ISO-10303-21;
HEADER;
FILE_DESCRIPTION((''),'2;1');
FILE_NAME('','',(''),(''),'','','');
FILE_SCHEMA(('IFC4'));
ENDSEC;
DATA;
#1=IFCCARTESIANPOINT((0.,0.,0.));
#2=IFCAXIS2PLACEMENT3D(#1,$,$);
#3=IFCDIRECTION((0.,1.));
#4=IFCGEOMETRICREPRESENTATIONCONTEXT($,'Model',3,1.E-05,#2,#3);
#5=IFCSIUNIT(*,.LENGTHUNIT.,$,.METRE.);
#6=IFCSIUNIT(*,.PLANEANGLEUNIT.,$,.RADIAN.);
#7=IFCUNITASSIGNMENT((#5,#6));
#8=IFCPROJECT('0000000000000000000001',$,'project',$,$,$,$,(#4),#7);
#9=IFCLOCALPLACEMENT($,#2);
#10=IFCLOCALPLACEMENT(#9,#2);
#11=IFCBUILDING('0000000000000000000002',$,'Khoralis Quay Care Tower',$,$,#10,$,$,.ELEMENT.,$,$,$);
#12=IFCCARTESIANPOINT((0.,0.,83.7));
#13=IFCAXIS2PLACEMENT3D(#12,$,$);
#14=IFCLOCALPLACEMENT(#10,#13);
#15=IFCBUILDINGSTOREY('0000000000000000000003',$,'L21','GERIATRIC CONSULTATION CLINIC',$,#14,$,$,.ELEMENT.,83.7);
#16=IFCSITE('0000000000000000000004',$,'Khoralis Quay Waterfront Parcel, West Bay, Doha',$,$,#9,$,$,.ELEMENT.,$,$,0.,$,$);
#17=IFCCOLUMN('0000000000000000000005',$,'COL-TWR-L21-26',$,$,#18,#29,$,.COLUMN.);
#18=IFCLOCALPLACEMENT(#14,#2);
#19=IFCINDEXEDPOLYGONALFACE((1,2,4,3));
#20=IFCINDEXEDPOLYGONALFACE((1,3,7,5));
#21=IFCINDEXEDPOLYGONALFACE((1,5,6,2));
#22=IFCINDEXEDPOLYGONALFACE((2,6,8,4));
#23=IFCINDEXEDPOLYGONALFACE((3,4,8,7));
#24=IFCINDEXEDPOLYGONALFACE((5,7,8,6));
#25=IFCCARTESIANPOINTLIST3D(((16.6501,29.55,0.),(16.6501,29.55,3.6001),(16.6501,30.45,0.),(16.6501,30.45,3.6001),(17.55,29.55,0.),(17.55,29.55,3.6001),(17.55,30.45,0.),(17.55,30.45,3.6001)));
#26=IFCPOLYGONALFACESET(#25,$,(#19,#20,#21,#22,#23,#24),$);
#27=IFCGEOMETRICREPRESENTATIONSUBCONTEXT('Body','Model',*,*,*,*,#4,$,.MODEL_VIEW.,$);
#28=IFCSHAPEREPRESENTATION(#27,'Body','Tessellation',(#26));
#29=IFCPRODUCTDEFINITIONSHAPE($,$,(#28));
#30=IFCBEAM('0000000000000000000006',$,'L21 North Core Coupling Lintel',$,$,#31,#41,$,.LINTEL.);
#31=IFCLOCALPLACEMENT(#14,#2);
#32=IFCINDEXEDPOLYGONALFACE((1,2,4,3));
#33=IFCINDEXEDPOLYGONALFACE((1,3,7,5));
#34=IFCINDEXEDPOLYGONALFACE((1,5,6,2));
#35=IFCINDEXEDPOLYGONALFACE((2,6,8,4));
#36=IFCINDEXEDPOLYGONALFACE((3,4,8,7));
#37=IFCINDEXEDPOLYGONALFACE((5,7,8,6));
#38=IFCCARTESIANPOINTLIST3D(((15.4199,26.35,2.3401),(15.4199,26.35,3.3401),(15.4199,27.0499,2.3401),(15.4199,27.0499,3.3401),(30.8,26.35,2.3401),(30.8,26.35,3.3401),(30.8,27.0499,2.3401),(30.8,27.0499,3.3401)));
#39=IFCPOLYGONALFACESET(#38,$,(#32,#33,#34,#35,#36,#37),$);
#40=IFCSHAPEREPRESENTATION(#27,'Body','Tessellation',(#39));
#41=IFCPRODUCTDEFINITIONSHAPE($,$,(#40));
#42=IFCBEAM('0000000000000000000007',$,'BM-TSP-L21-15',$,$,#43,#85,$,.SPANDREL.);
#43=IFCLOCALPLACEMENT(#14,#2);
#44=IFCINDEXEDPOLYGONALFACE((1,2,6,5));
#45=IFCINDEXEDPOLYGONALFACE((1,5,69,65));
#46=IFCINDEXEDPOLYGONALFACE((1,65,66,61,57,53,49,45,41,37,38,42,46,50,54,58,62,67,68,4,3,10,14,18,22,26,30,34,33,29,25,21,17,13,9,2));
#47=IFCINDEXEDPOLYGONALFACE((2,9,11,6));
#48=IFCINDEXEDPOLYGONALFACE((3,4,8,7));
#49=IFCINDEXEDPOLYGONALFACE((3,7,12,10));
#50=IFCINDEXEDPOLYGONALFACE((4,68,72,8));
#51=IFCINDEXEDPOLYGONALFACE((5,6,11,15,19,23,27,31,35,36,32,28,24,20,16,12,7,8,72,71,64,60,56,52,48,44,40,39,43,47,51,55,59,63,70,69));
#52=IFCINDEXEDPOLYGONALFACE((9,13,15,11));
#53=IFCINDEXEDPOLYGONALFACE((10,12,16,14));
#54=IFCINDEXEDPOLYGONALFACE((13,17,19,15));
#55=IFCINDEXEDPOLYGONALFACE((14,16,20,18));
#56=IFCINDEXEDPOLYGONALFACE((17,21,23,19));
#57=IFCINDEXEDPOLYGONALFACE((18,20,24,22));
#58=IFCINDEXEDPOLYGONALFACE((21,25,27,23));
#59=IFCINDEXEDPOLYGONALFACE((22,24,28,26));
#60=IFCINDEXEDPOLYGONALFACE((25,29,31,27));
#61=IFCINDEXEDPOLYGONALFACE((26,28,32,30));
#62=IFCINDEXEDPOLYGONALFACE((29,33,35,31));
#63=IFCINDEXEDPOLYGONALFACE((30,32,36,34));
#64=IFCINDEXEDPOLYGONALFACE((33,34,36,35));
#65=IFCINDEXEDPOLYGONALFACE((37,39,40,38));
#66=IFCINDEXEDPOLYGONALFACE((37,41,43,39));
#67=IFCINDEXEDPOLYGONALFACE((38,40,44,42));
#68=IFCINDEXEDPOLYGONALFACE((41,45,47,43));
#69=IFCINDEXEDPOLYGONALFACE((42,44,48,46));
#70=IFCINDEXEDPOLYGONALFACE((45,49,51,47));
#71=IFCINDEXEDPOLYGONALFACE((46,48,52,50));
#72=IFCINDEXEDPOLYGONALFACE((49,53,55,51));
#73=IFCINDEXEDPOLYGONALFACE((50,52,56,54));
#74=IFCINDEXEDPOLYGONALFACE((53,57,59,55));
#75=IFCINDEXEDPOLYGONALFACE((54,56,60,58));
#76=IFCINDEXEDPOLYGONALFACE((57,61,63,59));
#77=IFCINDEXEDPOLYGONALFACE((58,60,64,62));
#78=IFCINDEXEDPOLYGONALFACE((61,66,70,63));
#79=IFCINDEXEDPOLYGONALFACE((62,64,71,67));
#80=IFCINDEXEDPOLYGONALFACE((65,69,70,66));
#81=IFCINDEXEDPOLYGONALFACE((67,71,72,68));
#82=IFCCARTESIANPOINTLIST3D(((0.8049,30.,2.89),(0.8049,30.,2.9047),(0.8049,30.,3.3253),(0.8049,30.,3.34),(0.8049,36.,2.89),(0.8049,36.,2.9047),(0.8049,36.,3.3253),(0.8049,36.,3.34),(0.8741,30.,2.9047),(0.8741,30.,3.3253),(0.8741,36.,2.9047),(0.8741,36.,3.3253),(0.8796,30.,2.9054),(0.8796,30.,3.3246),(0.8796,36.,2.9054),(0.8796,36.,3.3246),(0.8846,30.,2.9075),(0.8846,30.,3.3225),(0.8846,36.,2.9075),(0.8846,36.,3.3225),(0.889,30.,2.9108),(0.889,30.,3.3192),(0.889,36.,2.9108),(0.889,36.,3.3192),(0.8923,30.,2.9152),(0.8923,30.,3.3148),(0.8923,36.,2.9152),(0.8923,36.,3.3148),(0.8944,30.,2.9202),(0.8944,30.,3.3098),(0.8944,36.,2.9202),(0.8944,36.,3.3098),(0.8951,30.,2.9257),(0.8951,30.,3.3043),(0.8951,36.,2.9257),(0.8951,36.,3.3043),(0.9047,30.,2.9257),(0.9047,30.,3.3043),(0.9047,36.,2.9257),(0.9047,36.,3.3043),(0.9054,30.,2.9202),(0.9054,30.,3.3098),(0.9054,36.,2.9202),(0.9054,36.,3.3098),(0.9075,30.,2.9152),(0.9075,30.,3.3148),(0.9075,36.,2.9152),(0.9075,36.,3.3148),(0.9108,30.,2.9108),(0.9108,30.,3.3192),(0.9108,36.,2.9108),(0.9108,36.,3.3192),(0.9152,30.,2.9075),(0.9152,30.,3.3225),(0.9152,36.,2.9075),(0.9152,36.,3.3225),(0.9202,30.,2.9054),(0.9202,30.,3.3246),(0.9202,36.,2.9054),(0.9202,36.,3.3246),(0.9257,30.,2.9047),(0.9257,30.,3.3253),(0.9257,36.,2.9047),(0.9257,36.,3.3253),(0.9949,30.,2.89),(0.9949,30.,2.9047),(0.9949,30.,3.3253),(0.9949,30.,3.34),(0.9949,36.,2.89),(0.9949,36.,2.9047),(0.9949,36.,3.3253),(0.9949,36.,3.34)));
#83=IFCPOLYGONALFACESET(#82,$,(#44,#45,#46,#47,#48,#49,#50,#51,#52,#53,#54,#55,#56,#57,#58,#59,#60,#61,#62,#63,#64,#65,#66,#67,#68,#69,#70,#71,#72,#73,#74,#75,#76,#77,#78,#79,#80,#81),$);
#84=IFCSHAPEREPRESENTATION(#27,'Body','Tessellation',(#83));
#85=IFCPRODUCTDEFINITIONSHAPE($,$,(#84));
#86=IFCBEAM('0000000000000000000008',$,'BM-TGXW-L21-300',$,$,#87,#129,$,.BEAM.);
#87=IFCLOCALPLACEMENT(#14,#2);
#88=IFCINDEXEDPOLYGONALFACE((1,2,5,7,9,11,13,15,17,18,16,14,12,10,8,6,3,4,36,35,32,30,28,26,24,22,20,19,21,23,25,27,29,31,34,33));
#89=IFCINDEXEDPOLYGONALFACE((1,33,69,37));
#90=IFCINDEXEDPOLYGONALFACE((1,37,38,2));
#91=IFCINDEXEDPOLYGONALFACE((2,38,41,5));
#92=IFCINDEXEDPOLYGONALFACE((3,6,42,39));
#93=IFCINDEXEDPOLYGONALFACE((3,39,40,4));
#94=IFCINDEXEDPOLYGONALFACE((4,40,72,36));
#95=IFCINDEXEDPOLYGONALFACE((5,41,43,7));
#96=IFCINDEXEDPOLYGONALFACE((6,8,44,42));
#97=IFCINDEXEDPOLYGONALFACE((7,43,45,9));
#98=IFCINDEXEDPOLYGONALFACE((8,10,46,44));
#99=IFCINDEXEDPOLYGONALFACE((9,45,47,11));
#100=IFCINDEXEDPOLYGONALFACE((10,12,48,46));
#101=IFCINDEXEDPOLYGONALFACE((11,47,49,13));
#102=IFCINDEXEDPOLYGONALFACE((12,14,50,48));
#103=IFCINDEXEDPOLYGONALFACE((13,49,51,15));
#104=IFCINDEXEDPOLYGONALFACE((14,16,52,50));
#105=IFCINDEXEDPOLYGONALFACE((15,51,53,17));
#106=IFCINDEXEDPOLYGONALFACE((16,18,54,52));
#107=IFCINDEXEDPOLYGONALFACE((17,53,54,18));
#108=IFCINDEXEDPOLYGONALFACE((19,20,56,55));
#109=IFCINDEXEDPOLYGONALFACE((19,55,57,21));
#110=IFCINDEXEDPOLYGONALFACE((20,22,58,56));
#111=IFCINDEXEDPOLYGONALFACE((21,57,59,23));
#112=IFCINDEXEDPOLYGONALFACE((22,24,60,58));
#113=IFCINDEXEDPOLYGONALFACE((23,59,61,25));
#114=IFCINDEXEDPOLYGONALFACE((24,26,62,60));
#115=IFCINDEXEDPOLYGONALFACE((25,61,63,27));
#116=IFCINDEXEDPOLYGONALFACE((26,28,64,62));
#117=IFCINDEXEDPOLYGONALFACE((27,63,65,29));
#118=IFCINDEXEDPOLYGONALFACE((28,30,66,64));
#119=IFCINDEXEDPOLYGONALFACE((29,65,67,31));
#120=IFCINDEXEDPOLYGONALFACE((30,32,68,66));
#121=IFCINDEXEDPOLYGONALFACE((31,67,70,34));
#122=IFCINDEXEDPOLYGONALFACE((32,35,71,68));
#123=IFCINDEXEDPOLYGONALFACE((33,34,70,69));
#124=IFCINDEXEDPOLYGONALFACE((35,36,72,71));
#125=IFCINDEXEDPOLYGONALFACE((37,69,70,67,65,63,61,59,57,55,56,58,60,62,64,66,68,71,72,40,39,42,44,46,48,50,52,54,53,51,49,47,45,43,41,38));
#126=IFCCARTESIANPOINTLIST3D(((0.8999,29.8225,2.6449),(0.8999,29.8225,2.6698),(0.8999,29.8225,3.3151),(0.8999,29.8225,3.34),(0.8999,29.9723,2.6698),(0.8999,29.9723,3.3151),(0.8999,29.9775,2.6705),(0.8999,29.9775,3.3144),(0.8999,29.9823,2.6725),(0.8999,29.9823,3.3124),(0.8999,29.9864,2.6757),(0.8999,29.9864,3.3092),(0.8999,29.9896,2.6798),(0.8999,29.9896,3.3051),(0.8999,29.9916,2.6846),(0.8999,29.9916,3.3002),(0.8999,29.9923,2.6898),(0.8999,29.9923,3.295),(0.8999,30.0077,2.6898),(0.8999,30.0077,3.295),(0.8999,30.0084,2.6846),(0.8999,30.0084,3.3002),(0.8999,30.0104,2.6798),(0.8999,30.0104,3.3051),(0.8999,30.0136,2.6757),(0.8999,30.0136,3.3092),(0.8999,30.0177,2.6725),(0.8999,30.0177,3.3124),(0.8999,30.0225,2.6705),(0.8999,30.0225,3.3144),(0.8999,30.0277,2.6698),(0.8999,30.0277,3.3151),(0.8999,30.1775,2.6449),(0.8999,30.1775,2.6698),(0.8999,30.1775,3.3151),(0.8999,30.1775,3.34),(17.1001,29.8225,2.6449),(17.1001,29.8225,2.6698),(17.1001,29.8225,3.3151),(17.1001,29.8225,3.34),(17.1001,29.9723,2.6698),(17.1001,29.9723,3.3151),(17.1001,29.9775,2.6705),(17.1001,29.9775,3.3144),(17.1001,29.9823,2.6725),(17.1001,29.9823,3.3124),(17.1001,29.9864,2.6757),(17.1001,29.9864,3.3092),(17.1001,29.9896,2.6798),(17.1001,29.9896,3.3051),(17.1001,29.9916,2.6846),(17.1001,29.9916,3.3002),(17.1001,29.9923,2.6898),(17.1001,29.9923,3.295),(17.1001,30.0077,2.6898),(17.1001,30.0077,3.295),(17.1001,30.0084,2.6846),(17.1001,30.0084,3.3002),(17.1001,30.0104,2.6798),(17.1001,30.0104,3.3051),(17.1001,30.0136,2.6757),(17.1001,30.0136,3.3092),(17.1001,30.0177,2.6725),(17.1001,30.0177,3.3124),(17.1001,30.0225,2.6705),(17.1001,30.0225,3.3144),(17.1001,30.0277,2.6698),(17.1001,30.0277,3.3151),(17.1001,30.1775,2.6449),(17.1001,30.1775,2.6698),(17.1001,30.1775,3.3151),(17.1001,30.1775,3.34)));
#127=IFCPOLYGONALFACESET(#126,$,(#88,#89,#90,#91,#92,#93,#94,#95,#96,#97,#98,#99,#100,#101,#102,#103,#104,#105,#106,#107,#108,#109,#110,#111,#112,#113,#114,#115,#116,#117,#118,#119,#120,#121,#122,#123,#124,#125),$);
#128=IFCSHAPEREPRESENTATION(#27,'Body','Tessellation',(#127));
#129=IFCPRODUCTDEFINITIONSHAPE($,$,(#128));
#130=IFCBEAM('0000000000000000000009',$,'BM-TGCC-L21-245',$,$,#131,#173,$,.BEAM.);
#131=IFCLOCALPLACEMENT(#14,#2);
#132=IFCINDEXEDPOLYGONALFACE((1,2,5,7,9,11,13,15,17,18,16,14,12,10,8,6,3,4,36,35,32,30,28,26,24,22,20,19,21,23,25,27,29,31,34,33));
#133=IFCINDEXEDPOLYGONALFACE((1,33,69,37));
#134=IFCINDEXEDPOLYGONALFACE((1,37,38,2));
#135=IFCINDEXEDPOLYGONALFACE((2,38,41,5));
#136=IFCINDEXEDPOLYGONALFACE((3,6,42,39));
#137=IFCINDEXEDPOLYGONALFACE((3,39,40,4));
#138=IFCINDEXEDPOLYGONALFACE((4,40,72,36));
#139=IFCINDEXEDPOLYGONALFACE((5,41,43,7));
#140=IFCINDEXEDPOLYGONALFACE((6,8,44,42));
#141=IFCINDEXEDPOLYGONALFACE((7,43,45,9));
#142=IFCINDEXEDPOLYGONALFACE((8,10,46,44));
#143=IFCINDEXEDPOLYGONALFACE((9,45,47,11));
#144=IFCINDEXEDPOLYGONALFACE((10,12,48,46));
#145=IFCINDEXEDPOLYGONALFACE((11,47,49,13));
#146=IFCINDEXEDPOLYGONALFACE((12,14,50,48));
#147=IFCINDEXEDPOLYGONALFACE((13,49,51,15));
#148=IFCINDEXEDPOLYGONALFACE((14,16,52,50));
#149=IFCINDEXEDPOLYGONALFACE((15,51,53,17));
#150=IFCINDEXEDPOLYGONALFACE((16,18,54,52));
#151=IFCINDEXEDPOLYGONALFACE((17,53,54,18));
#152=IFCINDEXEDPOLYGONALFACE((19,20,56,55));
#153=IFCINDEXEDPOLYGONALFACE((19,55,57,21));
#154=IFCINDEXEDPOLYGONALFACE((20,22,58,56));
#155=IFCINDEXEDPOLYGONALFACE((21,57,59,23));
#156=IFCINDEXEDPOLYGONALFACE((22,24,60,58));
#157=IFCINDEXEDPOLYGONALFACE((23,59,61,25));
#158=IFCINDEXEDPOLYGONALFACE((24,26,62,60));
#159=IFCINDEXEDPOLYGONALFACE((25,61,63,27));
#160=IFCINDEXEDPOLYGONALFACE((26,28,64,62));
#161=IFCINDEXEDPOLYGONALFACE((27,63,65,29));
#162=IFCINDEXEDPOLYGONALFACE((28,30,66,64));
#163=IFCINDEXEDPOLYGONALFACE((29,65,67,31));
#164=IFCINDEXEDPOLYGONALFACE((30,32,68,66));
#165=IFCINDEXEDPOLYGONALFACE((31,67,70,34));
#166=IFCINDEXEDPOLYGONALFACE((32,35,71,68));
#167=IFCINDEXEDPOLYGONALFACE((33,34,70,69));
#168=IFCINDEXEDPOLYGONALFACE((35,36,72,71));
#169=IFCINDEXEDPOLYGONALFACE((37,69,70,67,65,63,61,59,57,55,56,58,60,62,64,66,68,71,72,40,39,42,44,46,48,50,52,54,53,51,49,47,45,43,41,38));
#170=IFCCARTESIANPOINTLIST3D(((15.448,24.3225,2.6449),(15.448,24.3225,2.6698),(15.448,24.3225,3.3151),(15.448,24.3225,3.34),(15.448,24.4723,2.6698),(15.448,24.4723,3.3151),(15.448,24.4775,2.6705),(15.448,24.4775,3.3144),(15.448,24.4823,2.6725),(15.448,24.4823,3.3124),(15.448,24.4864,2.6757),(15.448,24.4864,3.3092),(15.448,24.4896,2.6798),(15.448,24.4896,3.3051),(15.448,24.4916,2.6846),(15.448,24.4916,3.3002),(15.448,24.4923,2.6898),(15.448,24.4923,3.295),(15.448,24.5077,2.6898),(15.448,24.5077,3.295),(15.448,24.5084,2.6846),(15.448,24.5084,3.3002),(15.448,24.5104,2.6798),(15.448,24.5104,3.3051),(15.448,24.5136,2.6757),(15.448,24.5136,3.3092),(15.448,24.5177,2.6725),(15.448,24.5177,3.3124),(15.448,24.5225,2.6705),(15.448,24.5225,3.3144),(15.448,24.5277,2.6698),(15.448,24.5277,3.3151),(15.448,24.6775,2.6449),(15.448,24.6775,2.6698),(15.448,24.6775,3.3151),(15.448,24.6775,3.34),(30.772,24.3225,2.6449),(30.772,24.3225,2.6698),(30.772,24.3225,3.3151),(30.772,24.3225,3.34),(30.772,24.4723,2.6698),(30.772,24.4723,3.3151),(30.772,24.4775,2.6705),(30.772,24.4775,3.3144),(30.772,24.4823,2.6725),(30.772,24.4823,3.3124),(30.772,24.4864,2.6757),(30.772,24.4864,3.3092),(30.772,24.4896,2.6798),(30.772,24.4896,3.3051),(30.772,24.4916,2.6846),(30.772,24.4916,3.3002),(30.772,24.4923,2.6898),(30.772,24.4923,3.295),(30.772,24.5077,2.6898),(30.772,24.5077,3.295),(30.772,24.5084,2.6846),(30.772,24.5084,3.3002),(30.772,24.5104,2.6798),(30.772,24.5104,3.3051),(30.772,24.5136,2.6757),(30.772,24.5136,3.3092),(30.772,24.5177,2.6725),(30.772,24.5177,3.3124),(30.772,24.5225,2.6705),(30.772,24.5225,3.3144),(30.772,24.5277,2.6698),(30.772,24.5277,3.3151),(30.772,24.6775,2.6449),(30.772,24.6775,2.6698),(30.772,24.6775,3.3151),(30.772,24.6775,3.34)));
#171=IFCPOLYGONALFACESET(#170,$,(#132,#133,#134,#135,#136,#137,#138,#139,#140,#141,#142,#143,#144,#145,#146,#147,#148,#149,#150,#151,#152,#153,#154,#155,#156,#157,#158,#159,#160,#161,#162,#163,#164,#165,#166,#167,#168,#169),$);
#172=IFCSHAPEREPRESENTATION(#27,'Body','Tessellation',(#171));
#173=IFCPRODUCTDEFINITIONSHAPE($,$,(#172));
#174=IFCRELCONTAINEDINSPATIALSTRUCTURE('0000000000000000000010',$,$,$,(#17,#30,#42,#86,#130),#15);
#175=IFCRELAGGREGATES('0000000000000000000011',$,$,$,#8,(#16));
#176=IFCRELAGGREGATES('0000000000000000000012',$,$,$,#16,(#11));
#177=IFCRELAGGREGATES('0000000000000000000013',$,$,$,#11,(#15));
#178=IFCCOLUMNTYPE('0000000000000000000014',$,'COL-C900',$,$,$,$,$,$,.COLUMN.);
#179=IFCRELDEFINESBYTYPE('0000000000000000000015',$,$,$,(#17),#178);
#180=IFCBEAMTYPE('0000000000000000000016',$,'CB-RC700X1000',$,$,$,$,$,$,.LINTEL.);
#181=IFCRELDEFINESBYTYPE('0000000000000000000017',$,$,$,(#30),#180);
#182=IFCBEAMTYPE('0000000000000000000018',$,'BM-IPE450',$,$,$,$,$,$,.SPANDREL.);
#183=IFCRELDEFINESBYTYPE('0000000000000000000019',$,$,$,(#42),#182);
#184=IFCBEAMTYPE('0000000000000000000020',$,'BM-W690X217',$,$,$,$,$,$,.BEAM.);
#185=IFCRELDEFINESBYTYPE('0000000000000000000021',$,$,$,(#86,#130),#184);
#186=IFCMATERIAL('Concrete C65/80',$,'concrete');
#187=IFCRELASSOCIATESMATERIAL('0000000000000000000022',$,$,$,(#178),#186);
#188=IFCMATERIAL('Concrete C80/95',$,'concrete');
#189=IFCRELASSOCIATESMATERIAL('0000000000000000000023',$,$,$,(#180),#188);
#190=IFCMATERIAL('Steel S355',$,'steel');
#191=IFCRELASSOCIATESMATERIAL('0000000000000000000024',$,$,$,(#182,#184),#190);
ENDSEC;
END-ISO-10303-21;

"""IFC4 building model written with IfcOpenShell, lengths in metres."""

from ifc_helpers import new_model, si_unit, direction, frame, origin, origin_2d, place, context, subcontext, project, spatial, rectangle, i_section, extrude, source, transform, mapped, material, material_profile, profile_set, type_object, element, save


model = new_model("IFC4")

# Units and contexts
model_context = context("Model", 3, precision=1e-05, world=origin(), true_north=direction((0.0, 1.0)))
body_context = subcontext(model_context, "Body", "Model", "MODEL_VIEW")
ifc_project = project(units=[si_unit("LENGTHUNIT", "METRE"), si_unit("PLANEANGLEUNIT", "RADIAN")], contexts=[model_context])

# Site, building, storey
site_placement = place(None, origin())
site = spatial("IfcSite", under=ifc_project, at=site_placement, Name="Khoralis Quay Waterfront Parcel, West Bay, Doha", CompositionType="ELEMENT", RefElevation=0.0)
building_placement = place(site_placement, origin())
building = spatial("IfcBuilding", under=site, at=building_placement, Name="Khoralis Quay Care Tower", CompositionType="ELEMENT")
storey_placement = place(building_placement, frame((0.0, 0.0, 83.7)))
storey = spatial("IfcBuildingStorey", under=building, at=storey_placement, Name="L21", Description="GERIATRIC CONSULTATION CLINIC", CompositionType="ELEMENT", Elevation=83.7)

# Column
ifc_material_1 = material(Name="Concrete C65/80", Category="concrete")
ifc_material_profile_1 = material_profile(ifc_material_1, rectangle(XDim=0.8999, YDim=0.8999, at=origin_2d()), Name="Concrete C65/80")
ifc_profile_set_1 = profile_set([ifc_material_profile_1], Name="Concrete C65/80")
column_type = type_object("IfcColumnType", Name="COL-C900", PredefinedType="COLUMN", material=ifc_profile_set_1)
shared_shape_1 = source(origin(), body_context, "Body", "SweptSolid", [
    extrude(rectangle(XDim=0.8999, YDim=0.8999, at=origin_2d()), origin(), (0.0, 0.0, 1.0), 3.6001),
])
column_placement = place(storey_placement, frame((17.1001, 30.0, 0.0), z_axis=(0.0, 0.0, 1.0), x_axis=(1.0, 0.0, 0.0)))
element("IfcColumn", 1, at=column_placement, inside=storey, type_object=column_type, Name="COL-TWR-L21-26", PredefinedType="COLUMN", context=body_context, shape_type="MappedRepresentation", body=[
    mapped(shared_shape_1, transform((0.0, 0.0, 0.0), scale=1.0)),
])

# Beams
ifc_material_2 = material(Name="Concrete C80/95", Category="concrete")
ifc_material_profile_2 = material_profile(ifc_material_2, rectangle(XDim=0.7, YDim=1.0, at=origin_2d()), Name="Concrete C80/95")
ifc_profile_set_2 = profile_set([ifc_material_profile_2], Name="Concrete C80/95")
beam_type_1 = type_object("IfcBeamType", Name="CB-RC700X1000", PredefinedType="LINTEL", material=ifc_profile_set_2)
shared_shape_2 = source(origin(), body_context, "Body", "SweptSolid", [
    extrude(rectangle(XDim=0.7, YDim=1.0, at=origin_2d()), origin(), (0.0, 0.0, 1.0), 15.3801),
])
beam_1_placement = place(storey_placement, frame((15.4199, 26.7, 2.8401), z_axis=(1.0, 0.0, 0.0), x_axis=(0.0, 1.0, 0.0)))
element("IfcBeam", 2, at=beam_1_placement, inside=storey, type_object=beam_type_1, Name="L21 North Core Coupling Lintel", PredefinedType="LINTEL", context=body_context, shape_type="MappedRepresentation", body=[
    mapped(shared_shape_2, transform((0.0, 0.0, 0.0), scale=1.0)),
])
ifc_material_3 = material(Name="Steel S355", Category="steel")
ifc_material_profile_3 = material_profile(ifc_material_3, i_section(OverallWidth=0.1899, OverallDepth=0.45, WebThickness=0.0095, FlangeThickness=0.0146, FilletRadius=0.021, at=origin_2d()), Name="Steel S355")
ifc_profile_set_3 = profile_set([ifc_material_profile_3], Name="Steel S355")
beam_type_2 = type_object("IfcBeamType", Name="BM-IPE450", PredefinedType="SPANDREL", material=ifc_profile_set_3)
shared_shape_3 = source(origin(), body_context, "Body", "SweptSolid", [
    extrude(i_section(OverallWidth=0.1899, OverallDepth=0.45, WebThickness=0.0095, FlangeThickness=0.0146, FilletRadius=0.021, at=origin_2d()), origin(), (0.0, 0.0, 1.0), 6.0),
])
beam_2_placement = place(storey_placement, frame((0.8999, 30.0, 3.115), z_axis=(0.0, 1.0, 0.0), x_axis=(-1.0, 0.0, 0.0)))
element("IfcBeam", 3, at=beam_2_placement, inside=storey, type_object=beam_type_2, Name="BM-TSP-L21-15", PredefinedType="SPANDREL", context=body_context, shape_type="MappedRepresentation", body=[
    mapped(shared_shape_3, transform((0.0, 0.0, 0.0), scale=1.0)),
])
ifc_material_profile_4 = material_profile(ifc_material_3, i_section(OverallWidth=0.355, OverallDepth=0.6951, WebThickness=0.0154, FlangeThickness=0.0249, FilletRadius=0.02, at=origin_2d()), Name="Steel S355")
ifc_profile_set_4 = profile_set([ifc_material_profile_4], Name="Steel S355")
beam_type_3 = type_object("IfcBeamType", Name="BM-W690X217", PredefinedType="BEAM", material=ifc_profile_set_4)
shared_shape_4 = source(origin(), body_context, "Body", "SweptSolid", [
    extrude(i_section(OverallWidth=0.355, OverallDepth=0.6951, WebThickness=0.0154, FlangeThickness=0.0249, FilletRadius=0.02, at=origin_2d()), origin(), (0.0, 0.0, 1.0), 16.2002),
])
beam_3_placement = place(storey_placement, frame((0.8999, 30.0, 2.9924), z_axis=(1.0, 0.0, 0.0), x_axis=(0.0, 1.0, 0.0)))
element("IfcBeam", 4, at=beam_3_placement, inside=storey, type_object=beam_type_3, Name="BM-TGXW-L21-300", PredefinedType="BEAM", context=body_context, shape_type="MappedRepresentation", body=[
    mapped(shared_shape_4, transform((0.0, 0.0, 0.0), scale=1.0)),
])
shared_shape_5 = source(origin(), body_context, "Body", "SweptSolid", [
    extrude(i_section(OverallWidth=0.355, OverallDepth=0.6951, WebThickness=0.0154, FlangeThickness=0.0249, FilletRadius=0.02, at=origin_2d()), origin(), (0.0, 0.0, 1.0), 15.324),
])
beam_4_placement = place(storey_placement, frame((15.448, 24.5, 2.9924), z_axis=(1.0, 0.0, 0.0), x_axis=(0.0, 1.0, 0.0)))
element("IfcBeam", 5, at=beam_4_placement, inside=storey, type_object=beam_type_3, Name="BM-TGCC-L21-245", PredefinedType="BEAM", context=body_context, shape_type="MappedRepresentation", body=[
    mapped(shared_shape_5, transform((0.0, 0.0, 0.0), scale=1.0)),
])

save(model, "model.ifc")
